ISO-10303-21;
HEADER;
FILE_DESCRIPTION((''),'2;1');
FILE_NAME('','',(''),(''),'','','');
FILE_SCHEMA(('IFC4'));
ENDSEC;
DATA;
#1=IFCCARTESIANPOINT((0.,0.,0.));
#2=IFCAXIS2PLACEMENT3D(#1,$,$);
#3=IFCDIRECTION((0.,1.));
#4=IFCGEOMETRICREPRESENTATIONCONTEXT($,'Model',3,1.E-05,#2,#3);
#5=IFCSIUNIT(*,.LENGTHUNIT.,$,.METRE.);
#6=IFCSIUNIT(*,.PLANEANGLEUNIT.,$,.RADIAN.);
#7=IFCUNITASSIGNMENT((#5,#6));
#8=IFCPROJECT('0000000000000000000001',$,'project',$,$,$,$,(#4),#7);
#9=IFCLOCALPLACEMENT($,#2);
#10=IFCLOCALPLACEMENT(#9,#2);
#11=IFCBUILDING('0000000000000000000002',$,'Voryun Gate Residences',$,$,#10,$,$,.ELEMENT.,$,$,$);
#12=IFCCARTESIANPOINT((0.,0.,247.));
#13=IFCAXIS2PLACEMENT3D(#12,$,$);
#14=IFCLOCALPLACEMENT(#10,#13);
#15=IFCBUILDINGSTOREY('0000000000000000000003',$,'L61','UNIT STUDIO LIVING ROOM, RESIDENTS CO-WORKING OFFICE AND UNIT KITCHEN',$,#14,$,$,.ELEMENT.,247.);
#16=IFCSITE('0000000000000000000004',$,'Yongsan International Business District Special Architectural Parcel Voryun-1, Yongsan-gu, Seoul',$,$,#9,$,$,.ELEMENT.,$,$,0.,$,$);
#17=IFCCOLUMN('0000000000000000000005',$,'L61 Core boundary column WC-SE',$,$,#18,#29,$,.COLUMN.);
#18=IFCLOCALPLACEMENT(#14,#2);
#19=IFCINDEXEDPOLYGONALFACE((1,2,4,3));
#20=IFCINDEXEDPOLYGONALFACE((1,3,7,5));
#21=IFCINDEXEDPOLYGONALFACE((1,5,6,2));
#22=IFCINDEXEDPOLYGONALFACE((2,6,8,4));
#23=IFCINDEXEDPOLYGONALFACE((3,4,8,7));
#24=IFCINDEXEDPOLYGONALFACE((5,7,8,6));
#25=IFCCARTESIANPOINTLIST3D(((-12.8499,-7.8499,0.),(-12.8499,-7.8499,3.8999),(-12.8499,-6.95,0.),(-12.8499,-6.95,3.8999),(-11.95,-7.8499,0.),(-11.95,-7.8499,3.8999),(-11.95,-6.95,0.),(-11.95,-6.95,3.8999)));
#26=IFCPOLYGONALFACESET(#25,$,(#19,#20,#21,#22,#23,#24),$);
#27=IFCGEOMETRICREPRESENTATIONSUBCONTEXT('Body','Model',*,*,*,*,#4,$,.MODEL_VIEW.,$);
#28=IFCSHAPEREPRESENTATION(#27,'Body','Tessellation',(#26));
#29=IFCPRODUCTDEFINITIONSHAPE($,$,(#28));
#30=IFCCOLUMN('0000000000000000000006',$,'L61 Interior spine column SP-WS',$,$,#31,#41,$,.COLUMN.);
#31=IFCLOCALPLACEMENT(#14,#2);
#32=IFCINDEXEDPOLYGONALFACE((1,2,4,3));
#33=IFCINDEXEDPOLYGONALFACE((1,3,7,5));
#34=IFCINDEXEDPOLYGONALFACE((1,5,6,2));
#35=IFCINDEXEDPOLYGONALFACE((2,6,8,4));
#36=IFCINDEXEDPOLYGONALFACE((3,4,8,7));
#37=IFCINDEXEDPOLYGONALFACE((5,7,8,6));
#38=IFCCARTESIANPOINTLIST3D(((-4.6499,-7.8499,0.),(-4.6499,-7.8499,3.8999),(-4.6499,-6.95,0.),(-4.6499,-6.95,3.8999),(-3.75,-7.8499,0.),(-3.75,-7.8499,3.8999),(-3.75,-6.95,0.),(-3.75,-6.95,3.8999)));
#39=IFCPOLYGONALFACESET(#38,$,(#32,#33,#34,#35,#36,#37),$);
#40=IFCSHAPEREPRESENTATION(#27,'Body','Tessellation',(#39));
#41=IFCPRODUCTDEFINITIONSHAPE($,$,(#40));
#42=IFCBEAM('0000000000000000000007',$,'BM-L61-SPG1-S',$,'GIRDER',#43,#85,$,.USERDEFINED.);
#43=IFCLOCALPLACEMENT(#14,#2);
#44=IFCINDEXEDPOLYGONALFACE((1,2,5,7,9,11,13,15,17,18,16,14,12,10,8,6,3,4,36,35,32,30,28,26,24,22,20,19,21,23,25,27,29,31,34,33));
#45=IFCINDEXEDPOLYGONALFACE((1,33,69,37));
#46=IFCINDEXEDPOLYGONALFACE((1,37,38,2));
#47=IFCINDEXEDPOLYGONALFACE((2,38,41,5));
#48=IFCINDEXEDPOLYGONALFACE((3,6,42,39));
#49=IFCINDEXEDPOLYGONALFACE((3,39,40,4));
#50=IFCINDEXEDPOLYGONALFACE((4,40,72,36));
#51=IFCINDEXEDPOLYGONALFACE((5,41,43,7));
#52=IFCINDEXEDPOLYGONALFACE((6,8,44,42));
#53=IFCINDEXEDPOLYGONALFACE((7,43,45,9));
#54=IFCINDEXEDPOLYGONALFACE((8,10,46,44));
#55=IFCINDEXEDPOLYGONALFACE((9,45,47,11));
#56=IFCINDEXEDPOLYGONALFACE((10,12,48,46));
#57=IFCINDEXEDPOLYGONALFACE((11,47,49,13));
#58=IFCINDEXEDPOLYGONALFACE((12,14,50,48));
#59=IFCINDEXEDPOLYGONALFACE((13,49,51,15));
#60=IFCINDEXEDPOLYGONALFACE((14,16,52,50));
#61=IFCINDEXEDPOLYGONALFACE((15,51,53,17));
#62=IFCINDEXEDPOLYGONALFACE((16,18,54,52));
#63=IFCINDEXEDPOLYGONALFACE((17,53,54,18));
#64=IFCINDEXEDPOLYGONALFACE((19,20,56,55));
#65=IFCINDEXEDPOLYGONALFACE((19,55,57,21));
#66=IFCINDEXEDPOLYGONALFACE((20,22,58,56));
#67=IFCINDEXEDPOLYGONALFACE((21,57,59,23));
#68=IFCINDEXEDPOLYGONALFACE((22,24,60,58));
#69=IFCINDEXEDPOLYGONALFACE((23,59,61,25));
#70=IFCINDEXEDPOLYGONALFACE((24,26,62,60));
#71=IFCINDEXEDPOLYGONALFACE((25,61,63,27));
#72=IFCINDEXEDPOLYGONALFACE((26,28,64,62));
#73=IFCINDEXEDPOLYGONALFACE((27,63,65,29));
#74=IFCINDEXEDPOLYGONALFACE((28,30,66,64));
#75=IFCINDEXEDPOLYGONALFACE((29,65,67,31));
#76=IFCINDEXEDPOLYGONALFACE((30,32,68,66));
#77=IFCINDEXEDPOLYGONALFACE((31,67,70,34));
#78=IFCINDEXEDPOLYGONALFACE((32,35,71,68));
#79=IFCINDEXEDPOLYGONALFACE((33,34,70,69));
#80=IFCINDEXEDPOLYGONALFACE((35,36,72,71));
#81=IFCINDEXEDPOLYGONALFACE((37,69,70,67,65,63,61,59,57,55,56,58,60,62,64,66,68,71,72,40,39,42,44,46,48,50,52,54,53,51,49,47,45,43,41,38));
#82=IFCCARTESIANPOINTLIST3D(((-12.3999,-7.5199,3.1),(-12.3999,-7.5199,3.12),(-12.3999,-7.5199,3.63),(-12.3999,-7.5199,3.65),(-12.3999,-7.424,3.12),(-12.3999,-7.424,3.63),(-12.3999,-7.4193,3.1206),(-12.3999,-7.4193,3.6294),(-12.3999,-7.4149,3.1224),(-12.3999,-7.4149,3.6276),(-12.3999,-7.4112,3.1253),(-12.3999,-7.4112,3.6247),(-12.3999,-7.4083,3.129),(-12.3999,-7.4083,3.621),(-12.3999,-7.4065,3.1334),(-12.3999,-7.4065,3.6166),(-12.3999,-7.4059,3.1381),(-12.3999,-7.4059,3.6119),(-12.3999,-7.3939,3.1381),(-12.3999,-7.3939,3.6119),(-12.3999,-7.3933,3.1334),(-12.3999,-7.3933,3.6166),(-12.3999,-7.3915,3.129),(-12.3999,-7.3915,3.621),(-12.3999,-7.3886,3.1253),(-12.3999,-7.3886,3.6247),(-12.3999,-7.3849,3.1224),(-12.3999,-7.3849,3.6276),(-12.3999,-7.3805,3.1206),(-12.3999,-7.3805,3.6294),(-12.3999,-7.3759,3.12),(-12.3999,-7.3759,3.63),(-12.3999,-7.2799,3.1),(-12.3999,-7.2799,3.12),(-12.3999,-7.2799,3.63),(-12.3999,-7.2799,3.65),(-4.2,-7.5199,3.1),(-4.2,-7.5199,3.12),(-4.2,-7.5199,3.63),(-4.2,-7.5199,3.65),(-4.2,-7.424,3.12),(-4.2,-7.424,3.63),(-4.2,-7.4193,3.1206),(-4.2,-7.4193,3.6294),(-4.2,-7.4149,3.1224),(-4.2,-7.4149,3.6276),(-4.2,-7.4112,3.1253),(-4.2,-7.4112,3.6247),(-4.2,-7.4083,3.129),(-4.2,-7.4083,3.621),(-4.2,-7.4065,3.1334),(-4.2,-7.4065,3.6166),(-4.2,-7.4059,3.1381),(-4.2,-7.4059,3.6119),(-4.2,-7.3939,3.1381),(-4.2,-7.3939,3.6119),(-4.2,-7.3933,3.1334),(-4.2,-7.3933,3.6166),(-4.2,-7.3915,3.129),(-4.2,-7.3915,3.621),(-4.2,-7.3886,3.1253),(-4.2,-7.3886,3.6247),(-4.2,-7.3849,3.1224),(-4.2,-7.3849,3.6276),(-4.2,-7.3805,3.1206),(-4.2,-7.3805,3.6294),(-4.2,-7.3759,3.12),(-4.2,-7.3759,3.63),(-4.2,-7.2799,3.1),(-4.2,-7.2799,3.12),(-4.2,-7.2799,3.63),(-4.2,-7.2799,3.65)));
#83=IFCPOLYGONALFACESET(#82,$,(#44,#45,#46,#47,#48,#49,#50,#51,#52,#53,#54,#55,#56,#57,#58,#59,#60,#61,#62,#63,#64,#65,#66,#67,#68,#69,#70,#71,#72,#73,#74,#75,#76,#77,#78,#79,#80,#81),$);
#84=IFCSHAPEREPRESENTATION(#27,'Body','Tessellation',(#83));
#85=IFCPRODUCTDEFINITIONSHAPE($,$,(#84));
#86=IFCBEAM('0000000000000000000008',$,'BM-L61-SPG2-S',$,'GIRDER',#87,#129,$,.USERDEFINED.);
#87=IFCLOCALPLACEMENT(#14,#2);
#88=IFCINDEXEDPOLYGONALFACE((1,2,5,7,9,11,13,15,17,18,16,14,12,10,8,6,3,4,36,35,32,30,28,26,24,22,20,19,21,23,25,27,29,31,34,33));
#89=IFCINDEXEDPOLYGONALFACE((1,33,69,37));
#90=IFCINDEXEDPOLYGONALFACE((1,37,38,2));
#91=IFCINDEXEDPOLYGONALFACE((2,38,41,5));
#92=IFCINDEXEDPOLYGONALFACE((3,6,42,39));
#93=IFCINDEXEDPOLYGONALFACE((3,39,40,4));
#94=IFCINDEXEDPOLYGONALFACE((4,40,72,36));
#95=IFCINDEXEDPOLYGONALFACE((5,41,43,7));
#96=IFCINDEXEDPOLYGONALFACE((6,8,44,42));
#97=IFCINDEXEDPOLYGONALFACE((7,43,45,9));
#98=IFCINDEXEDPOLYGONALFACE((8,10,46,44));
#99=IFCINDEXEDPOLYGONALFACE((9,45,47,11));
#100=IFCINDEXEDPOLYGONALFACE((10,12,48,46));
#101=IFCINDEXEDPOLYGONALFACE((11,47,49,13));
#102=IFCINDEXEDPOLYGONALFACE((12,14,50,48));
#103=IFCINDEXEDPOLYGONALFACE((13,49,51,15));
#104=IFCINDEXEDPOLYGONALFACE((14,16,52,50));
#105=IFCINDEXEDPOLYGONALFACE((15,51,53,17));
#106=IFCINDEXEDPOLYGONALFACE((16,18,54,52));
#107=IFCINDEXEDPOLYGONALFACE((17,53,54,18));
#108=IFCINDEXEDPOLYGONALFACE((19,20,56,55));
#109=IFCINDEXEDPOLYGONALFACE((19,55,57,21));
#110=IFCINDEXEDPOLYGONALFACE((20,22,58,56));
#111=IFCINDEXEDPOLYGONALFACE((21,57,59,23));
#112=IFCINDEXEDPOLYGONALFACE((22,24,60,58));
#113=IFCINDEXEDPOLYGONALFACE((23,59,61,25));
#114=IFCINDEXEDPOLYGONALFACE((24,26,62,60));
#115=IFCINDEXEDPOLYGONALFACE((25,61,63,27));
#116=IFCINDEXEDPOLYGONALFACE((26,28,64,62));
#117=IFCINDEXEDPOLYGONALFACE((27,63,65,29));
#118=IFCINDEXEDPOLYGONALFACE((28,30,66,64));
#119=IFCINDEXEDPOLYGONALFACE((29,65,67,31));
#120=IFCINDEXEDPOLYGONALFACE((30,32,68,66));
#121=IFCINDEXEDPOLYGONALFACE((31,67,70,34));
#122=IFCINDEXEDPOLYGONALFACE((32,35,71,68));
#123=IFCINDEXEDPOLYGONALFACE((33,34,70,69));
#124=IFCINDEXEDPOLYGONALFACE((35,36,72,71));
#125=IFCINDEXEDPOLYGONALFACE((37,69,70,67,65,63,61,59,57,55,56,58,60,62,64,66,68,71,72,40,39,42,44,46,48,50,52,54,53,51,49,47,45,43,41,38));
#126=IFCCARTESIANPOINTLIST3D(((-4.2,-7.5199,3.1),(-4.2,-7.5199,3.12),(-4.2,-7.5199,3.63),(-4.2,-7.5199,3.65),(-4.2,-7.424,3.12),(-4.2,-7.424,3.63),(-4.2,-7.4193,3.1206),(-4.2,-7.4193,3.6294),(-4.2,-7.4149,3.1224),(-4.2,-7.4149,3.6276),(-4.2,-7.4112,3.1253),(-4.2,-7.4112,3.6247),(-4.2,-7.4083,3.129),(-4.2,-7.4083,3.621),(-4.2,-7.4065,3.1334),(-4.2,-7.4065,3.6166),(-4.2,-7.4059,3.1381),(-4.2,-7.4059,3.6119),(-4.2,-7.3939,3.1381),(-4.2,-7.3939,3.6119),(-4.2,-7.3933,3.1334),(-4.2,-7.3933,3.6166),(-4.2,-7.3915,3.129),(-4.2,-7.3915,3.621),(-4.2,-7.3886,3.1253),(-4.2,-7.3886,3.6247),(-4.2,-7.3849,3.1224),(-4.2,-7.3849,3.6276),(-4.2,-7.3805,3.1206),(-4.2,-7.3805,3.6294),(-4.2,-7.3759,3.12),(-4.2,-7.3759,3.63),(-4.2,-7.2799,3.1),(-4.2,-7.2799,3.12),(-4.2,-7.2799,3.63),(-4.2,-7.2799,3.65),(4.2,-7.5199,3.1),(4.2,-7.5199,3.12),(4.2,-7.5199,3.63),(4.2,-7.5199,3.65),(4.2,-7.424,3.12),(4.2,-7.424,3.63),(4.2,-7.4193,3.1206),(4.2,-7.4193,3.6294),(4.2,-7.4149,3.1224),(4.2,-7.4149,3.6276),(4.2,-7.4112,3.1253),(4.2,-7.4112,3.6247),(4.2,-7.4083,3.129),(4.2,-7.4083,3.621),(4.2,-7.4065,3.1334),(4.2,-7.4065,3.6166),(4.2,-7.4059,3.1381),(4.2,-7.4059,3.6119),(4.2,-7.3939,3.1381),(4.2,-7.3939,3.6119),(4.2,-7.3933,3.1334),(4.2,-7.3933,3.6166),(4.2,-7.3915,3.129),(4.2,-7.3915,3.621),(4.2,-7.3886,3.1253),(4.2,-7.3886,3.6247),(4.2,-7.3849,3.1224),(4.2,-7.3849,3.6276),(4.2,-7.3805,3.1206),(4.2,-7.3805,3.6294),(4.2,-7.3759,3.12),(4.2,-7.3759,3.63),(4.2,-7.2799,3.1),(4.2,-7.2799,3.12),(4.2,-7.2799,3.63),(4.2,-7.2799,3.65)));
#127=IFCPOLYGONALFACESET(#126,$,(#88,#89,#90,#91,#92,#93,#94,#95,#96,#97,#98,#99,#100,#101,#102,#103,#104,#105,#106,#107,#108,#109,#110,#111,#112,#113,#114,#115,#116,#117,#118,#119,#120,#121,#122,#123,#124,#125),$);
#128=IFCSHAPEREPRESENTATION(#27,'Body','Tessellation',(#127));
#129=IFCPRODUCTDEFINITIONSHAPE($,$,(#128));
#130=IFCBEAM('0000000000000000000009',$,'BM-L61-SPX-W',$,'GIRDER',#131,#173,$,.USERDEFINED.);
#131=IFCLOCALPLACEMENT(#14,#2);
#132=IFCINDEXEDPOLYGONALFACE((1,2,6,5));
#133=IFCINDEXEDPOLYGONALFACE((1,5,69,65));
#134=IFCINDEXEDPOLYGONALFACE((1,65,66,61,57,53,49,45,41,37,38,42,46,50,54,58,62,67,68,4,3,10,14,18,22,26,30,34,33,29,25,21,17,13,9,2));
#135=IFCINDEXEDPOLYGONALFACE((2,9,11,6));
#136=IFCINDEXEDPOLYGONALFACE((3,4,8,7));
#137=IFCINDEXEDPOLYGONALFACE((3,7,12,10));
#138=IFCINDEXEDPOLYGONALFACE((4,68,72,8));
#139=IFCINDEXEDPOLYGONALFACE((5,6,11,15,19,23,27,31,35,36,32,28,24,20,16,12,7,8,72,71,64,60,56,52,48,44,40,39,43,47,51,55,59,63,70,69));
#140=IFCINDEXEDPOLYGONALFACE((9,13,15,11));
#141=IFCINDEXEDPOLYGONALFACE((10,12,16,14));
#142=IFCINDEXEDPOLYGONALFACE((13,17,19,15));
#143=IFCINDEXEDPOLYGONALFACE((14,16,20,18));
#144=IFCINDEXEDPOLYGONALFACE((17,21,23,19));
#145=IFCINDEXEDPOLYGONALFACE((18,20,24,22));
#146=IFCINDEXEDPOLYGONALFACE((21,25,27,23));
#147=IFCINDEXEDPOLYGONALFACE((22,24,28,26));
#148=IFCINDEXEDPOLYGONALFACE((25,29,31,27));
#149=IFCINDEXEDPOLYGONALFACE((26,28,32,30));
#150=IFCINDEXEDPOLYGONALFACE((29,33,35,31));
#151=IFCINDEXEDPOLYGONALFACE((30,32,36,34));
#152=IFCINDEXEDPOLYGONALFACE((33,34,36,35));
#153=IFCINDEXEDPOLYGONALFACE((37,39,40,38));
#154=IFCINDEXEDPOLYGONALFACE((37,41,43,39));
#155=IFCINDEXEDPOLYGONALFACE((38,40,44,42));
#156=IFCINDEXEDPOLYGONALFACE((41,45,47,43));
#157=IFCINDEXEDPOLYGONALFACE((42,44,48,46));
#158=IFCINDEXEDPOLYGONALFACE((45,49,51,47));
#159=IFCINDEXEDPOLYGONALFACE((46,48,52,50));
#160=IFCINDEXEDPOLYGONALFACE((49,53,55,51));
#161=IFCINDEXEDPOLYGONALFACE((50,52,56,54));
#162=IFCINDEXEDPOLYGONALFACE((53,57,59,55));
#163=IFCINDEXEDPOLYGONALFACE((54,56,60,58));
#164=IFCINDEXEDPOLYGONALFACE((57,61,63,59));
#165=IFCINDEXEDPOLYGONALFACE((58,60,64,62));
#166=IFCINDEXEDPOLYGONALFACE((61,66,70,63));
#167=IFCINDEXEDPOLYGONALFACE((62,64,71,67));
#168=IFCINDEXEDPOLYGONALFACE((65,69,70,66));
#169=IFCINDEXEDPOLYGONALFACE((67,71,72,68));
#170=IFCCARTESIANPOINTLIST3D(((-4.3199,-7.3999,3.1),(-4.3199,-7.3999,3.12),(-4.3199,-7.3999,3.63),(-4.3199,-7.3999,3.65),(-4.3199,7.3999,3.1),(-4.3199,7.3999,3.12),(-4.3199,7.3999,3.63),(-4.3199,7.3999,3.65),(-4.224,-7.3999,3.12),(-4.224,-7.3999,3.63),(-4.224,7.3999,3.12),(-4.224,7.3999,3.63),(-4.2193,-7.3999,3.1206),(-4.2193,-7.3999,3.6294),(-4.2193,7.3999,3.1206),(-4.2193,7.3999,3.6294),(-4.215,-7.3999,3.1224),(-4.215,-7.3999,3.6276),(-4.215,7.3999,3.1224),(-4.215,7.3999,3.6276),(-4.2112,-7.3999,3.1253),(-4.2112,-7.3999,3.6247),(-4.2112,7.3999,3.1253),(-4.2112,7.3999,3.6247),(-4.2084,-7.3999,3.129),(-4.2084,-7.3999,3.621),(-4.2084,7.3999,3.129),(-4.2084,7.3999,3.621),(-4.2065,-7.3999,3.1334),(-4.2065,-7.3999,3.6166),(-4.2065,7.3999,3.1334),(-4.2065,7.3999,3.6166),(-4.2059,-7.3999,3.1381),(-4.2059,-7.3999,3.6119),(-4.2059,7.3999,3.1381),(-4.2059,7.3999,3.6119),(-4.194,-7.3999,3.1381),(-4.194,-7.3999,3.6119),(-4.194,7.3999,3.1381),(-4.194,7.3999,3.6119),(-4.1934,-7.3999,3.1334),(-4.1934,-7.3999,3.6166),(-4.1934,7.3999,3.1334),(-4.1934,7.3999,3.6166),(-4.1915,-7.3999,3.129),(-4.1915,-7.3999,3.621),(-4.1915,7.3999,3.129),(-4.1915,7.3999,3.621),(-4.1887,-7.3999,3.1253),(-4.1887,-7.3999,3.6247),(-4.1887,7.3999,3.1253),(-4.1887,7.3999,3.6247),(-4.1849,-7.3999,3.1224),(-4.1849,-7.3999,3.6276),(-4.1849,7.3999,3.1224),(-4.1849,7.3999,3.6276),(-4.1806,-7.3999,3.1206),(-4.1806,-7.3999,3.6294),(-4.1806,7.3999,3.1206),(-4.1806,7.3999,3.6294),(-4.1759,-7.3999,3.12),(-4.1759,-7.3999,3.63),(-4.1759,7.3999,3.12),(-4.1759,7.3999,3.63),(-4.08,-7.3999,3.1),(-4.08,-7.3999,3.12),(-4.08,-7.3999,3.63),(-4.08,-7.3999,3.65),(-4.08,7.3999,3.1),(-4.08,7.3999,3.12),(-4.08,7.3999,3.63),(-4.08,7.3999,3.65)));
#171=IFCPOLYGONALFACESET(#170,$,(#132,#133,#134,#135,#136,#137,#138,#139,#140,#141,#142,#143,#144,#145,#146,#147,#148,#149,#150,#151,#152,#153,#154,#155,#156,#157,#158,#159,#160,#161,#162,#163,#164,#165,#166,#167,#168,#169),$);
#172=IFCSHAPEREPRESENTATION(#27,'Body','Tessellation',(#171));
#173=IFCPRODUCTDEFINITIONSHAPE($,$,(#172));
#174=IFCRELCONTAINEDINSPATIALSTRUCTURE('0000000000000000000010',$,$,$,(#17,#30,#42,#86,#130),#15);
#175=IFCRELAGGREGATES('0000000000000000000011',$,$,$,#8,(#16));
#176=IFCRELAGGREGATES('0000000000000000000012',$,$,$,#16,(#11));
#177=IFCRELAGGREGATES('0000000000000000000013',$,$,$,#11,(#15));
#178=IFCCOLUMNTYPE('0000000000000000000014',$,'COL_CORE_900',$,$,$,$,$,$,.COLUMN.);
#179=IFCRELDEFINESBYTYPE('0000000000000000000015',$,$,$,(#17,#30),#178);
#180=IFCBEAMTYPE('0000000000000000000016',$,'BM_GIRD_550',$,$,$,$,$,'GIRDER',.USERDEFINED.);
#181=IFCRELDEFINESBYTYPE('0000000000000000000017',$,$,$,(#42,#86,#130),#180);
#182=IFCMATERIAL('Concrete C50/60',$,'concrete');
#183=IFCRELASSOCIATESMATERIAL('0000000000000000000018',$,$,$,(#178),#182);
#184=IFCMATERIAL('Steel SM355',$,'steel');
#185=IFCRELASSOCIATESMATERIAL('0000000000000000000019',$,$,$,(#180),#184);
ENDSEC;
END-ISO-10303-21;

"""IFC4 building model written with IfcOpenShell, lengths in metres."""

from ifc_helpers import new_model, si_unit, direction, frame, origin, origin_2d, place, context, subcontext, project, spatial, rectangle, i_section, extrude, material, material_profile, profile_set, type_object, element, save


model = new_model("IFC4")

# Units and contexts
model_context = context("Model", 3, precision=1e-05, world=origin(), true_north=direction((0.0, 1.0)))
body_context = subcontext(model_context, "Body", "Model", "MODEL_VIEW")
ifc_project = project(units=[si_unit("LENGTHUNIT", "METRE"), si_unit("PLANEANGLEUNIT", "RADIAN")], contexts=[model_context])

# Site, building, storey
site_placement = place(None, origin())
site = spatial("IfcSite", under=ifc_project, at=site_placement, Name="Yongsan International Business District Special Architectural Parcel Voryun-1, Yongsan-gu, Seoul", CompositionType="ELEMENT", RefElevation=0.0)
building_placement = place(site_placement, origin())
building = spatial("IfcBuilding", under=site, at=building_placement, Name="Voryun Gate Residences", CompositionType="ELEMENT")
storey_placement = place(building_placement, frame((0.0, 0.0, 247.0)))
storey = spatial("IfcBuildingStorey", under=building, at=storey_placement, Name="L61", Description="UNIT STUDIO LIVING ROOM, RESIDENTS CO-WORKING OFFICE AND UNIT KITCHEN", CompositionType="ELEMENT", Elevation=247.0)

# Columns
ifc_material_1 = material(Name="Concrete C50/60", Category="concrete")
ifc_material_profile_1 = material_profile(ifc_material_1, rectangle(XDim=0.8999, YDim=0.8999, at=origin_2d()), Name="RC-900x900")
ifc_profile_set_1 = profile_set([ifc_material_profile_1], Name="Concrete C50/60")
column_type = type_object("IfcColumnType", Name="COL_CORE_900", PredefinedType="COLUMN", material=ifc_profile_set_1)
for number, where, z_axis, x_axis, name in (
    (1, (-12.3999, -7.3999, 0.0), (0.0, 0.0, 1.0), (1.0, 0.0, 0.0), "L61 Core boundary column WC-SE"),
    (2, (-4.2, -7.3999, 0.0), (0.0, 0.0, 1.0), (1.0, 0.0, 0.0), "L61 Interior spine column SP-WS"),
):
    element("IfcColumn", number, at=place(storey_placement, frame(where, z_axis=z_axis, x_axis=x_axis)), inside=storey, type_object=column_type, Name=name, PredefinedType="COLUMN", context=body_context, shape_type="SweptSolid", body=[
        extrude(rectangle(XDim=0.8999, YDim=0.8999, at=origin_2d()), origin(), (0.0, 0.0, 1.0), 3.8999),
    ])

# Beams
ifc_material_2 = material(Name="Steel SM355", Category="steel")
ifc_material_profile_2 = material_profile(ifc_material_2, i_section(OverallWidth=0.24, OverallDepth=0.55, WebThickness=0.012, FlangeThickness=0.02, FilletRadius=0.0181, at=origin_2d()), Name="H-550x240x12x20")
ifc_profile_set_2 = profile_set([ifc_material_profile_2], Name="Steel SM355")
beam_type_1 = type_object("IfcBeamType", Name="BM_GIRD_550", ElementType="GIRDER", PredefinedType="USERDEFINED", material=ifc_profile_set_2)
beam_1_placement = place(storey_placement, frame((-12.3999, -7.3999, 3.375), z_axis=(1.0, 0.0, 0.0), x_axis=(0.0, 1.0, 0.0)))
element("IfcBeam", 3, at=beam_1_placement, inside=storey, type_object=beam_type_1, Name="BM-L61-SPG1-S", ObjectType="GIRDER", PredefinedType="USERDEFINED", context=body_context, shape_type="SweptSolid", body=[
    extrude(i_section(OverallWidth=0.24, OverallDepth=0.55, WebThickness=0.012, FlangeThickness=0.02, FilletRadius=0.0181, at=origin_2d()), origin(), (0.0, 0.0, 1.0), 8.2),
])
beam_2_placement = place(storey_placement, frame((-4.2, -7.3999, 3.375), z_axis=(1.0, 0.0, 0.0), x_axis=(0.0, 1.0, 0.0)))
element("IfcBeam", 4, at=beam_2_placement, inside=storey, type_object=beam_type_1, Name="BM-L61-SPG2-S", ObjectType="GIRDER", PredefinedType="USERDEFINED", context=body_context, shape_type="SweptSolid", body=[
    extrude(i_section(OverallWidth=0.24, OverallDepth=0.55, WebThickness=0.012, FlangeThickness=0.02, FilletRadius=0.0181, at=origin_2d()), origin(), (0.0, 0.0, 1.0), 8.3999),
])
beam_3_placement = place(storey_placement, frame((-4.2, -7.3999, 3.375), z_axis=(0.0, 1.0, 0.0), x_axis=(-1.0, 0.0, 0.0)))
element("IfcBeam", 5, at=beam_3_placement, inside=storey, type_object=beam_type_1, Name="BM-L61-SPX-W", ObjectType="GIRDER", PredefinedType="USERDEFINED", context=body_context, shape_type="SweptSolid", body=[
    extrude(i_section(OverallWidth=0.24, OverallDepth=0.55, WebThickness=0.012, FlangeThickness=0.02, FilletRadius=0.0181, at=origin_2d()), origin(), (0.0, 0.0, 1.0), 14.7998),
])

save(model, "model.ifc")
